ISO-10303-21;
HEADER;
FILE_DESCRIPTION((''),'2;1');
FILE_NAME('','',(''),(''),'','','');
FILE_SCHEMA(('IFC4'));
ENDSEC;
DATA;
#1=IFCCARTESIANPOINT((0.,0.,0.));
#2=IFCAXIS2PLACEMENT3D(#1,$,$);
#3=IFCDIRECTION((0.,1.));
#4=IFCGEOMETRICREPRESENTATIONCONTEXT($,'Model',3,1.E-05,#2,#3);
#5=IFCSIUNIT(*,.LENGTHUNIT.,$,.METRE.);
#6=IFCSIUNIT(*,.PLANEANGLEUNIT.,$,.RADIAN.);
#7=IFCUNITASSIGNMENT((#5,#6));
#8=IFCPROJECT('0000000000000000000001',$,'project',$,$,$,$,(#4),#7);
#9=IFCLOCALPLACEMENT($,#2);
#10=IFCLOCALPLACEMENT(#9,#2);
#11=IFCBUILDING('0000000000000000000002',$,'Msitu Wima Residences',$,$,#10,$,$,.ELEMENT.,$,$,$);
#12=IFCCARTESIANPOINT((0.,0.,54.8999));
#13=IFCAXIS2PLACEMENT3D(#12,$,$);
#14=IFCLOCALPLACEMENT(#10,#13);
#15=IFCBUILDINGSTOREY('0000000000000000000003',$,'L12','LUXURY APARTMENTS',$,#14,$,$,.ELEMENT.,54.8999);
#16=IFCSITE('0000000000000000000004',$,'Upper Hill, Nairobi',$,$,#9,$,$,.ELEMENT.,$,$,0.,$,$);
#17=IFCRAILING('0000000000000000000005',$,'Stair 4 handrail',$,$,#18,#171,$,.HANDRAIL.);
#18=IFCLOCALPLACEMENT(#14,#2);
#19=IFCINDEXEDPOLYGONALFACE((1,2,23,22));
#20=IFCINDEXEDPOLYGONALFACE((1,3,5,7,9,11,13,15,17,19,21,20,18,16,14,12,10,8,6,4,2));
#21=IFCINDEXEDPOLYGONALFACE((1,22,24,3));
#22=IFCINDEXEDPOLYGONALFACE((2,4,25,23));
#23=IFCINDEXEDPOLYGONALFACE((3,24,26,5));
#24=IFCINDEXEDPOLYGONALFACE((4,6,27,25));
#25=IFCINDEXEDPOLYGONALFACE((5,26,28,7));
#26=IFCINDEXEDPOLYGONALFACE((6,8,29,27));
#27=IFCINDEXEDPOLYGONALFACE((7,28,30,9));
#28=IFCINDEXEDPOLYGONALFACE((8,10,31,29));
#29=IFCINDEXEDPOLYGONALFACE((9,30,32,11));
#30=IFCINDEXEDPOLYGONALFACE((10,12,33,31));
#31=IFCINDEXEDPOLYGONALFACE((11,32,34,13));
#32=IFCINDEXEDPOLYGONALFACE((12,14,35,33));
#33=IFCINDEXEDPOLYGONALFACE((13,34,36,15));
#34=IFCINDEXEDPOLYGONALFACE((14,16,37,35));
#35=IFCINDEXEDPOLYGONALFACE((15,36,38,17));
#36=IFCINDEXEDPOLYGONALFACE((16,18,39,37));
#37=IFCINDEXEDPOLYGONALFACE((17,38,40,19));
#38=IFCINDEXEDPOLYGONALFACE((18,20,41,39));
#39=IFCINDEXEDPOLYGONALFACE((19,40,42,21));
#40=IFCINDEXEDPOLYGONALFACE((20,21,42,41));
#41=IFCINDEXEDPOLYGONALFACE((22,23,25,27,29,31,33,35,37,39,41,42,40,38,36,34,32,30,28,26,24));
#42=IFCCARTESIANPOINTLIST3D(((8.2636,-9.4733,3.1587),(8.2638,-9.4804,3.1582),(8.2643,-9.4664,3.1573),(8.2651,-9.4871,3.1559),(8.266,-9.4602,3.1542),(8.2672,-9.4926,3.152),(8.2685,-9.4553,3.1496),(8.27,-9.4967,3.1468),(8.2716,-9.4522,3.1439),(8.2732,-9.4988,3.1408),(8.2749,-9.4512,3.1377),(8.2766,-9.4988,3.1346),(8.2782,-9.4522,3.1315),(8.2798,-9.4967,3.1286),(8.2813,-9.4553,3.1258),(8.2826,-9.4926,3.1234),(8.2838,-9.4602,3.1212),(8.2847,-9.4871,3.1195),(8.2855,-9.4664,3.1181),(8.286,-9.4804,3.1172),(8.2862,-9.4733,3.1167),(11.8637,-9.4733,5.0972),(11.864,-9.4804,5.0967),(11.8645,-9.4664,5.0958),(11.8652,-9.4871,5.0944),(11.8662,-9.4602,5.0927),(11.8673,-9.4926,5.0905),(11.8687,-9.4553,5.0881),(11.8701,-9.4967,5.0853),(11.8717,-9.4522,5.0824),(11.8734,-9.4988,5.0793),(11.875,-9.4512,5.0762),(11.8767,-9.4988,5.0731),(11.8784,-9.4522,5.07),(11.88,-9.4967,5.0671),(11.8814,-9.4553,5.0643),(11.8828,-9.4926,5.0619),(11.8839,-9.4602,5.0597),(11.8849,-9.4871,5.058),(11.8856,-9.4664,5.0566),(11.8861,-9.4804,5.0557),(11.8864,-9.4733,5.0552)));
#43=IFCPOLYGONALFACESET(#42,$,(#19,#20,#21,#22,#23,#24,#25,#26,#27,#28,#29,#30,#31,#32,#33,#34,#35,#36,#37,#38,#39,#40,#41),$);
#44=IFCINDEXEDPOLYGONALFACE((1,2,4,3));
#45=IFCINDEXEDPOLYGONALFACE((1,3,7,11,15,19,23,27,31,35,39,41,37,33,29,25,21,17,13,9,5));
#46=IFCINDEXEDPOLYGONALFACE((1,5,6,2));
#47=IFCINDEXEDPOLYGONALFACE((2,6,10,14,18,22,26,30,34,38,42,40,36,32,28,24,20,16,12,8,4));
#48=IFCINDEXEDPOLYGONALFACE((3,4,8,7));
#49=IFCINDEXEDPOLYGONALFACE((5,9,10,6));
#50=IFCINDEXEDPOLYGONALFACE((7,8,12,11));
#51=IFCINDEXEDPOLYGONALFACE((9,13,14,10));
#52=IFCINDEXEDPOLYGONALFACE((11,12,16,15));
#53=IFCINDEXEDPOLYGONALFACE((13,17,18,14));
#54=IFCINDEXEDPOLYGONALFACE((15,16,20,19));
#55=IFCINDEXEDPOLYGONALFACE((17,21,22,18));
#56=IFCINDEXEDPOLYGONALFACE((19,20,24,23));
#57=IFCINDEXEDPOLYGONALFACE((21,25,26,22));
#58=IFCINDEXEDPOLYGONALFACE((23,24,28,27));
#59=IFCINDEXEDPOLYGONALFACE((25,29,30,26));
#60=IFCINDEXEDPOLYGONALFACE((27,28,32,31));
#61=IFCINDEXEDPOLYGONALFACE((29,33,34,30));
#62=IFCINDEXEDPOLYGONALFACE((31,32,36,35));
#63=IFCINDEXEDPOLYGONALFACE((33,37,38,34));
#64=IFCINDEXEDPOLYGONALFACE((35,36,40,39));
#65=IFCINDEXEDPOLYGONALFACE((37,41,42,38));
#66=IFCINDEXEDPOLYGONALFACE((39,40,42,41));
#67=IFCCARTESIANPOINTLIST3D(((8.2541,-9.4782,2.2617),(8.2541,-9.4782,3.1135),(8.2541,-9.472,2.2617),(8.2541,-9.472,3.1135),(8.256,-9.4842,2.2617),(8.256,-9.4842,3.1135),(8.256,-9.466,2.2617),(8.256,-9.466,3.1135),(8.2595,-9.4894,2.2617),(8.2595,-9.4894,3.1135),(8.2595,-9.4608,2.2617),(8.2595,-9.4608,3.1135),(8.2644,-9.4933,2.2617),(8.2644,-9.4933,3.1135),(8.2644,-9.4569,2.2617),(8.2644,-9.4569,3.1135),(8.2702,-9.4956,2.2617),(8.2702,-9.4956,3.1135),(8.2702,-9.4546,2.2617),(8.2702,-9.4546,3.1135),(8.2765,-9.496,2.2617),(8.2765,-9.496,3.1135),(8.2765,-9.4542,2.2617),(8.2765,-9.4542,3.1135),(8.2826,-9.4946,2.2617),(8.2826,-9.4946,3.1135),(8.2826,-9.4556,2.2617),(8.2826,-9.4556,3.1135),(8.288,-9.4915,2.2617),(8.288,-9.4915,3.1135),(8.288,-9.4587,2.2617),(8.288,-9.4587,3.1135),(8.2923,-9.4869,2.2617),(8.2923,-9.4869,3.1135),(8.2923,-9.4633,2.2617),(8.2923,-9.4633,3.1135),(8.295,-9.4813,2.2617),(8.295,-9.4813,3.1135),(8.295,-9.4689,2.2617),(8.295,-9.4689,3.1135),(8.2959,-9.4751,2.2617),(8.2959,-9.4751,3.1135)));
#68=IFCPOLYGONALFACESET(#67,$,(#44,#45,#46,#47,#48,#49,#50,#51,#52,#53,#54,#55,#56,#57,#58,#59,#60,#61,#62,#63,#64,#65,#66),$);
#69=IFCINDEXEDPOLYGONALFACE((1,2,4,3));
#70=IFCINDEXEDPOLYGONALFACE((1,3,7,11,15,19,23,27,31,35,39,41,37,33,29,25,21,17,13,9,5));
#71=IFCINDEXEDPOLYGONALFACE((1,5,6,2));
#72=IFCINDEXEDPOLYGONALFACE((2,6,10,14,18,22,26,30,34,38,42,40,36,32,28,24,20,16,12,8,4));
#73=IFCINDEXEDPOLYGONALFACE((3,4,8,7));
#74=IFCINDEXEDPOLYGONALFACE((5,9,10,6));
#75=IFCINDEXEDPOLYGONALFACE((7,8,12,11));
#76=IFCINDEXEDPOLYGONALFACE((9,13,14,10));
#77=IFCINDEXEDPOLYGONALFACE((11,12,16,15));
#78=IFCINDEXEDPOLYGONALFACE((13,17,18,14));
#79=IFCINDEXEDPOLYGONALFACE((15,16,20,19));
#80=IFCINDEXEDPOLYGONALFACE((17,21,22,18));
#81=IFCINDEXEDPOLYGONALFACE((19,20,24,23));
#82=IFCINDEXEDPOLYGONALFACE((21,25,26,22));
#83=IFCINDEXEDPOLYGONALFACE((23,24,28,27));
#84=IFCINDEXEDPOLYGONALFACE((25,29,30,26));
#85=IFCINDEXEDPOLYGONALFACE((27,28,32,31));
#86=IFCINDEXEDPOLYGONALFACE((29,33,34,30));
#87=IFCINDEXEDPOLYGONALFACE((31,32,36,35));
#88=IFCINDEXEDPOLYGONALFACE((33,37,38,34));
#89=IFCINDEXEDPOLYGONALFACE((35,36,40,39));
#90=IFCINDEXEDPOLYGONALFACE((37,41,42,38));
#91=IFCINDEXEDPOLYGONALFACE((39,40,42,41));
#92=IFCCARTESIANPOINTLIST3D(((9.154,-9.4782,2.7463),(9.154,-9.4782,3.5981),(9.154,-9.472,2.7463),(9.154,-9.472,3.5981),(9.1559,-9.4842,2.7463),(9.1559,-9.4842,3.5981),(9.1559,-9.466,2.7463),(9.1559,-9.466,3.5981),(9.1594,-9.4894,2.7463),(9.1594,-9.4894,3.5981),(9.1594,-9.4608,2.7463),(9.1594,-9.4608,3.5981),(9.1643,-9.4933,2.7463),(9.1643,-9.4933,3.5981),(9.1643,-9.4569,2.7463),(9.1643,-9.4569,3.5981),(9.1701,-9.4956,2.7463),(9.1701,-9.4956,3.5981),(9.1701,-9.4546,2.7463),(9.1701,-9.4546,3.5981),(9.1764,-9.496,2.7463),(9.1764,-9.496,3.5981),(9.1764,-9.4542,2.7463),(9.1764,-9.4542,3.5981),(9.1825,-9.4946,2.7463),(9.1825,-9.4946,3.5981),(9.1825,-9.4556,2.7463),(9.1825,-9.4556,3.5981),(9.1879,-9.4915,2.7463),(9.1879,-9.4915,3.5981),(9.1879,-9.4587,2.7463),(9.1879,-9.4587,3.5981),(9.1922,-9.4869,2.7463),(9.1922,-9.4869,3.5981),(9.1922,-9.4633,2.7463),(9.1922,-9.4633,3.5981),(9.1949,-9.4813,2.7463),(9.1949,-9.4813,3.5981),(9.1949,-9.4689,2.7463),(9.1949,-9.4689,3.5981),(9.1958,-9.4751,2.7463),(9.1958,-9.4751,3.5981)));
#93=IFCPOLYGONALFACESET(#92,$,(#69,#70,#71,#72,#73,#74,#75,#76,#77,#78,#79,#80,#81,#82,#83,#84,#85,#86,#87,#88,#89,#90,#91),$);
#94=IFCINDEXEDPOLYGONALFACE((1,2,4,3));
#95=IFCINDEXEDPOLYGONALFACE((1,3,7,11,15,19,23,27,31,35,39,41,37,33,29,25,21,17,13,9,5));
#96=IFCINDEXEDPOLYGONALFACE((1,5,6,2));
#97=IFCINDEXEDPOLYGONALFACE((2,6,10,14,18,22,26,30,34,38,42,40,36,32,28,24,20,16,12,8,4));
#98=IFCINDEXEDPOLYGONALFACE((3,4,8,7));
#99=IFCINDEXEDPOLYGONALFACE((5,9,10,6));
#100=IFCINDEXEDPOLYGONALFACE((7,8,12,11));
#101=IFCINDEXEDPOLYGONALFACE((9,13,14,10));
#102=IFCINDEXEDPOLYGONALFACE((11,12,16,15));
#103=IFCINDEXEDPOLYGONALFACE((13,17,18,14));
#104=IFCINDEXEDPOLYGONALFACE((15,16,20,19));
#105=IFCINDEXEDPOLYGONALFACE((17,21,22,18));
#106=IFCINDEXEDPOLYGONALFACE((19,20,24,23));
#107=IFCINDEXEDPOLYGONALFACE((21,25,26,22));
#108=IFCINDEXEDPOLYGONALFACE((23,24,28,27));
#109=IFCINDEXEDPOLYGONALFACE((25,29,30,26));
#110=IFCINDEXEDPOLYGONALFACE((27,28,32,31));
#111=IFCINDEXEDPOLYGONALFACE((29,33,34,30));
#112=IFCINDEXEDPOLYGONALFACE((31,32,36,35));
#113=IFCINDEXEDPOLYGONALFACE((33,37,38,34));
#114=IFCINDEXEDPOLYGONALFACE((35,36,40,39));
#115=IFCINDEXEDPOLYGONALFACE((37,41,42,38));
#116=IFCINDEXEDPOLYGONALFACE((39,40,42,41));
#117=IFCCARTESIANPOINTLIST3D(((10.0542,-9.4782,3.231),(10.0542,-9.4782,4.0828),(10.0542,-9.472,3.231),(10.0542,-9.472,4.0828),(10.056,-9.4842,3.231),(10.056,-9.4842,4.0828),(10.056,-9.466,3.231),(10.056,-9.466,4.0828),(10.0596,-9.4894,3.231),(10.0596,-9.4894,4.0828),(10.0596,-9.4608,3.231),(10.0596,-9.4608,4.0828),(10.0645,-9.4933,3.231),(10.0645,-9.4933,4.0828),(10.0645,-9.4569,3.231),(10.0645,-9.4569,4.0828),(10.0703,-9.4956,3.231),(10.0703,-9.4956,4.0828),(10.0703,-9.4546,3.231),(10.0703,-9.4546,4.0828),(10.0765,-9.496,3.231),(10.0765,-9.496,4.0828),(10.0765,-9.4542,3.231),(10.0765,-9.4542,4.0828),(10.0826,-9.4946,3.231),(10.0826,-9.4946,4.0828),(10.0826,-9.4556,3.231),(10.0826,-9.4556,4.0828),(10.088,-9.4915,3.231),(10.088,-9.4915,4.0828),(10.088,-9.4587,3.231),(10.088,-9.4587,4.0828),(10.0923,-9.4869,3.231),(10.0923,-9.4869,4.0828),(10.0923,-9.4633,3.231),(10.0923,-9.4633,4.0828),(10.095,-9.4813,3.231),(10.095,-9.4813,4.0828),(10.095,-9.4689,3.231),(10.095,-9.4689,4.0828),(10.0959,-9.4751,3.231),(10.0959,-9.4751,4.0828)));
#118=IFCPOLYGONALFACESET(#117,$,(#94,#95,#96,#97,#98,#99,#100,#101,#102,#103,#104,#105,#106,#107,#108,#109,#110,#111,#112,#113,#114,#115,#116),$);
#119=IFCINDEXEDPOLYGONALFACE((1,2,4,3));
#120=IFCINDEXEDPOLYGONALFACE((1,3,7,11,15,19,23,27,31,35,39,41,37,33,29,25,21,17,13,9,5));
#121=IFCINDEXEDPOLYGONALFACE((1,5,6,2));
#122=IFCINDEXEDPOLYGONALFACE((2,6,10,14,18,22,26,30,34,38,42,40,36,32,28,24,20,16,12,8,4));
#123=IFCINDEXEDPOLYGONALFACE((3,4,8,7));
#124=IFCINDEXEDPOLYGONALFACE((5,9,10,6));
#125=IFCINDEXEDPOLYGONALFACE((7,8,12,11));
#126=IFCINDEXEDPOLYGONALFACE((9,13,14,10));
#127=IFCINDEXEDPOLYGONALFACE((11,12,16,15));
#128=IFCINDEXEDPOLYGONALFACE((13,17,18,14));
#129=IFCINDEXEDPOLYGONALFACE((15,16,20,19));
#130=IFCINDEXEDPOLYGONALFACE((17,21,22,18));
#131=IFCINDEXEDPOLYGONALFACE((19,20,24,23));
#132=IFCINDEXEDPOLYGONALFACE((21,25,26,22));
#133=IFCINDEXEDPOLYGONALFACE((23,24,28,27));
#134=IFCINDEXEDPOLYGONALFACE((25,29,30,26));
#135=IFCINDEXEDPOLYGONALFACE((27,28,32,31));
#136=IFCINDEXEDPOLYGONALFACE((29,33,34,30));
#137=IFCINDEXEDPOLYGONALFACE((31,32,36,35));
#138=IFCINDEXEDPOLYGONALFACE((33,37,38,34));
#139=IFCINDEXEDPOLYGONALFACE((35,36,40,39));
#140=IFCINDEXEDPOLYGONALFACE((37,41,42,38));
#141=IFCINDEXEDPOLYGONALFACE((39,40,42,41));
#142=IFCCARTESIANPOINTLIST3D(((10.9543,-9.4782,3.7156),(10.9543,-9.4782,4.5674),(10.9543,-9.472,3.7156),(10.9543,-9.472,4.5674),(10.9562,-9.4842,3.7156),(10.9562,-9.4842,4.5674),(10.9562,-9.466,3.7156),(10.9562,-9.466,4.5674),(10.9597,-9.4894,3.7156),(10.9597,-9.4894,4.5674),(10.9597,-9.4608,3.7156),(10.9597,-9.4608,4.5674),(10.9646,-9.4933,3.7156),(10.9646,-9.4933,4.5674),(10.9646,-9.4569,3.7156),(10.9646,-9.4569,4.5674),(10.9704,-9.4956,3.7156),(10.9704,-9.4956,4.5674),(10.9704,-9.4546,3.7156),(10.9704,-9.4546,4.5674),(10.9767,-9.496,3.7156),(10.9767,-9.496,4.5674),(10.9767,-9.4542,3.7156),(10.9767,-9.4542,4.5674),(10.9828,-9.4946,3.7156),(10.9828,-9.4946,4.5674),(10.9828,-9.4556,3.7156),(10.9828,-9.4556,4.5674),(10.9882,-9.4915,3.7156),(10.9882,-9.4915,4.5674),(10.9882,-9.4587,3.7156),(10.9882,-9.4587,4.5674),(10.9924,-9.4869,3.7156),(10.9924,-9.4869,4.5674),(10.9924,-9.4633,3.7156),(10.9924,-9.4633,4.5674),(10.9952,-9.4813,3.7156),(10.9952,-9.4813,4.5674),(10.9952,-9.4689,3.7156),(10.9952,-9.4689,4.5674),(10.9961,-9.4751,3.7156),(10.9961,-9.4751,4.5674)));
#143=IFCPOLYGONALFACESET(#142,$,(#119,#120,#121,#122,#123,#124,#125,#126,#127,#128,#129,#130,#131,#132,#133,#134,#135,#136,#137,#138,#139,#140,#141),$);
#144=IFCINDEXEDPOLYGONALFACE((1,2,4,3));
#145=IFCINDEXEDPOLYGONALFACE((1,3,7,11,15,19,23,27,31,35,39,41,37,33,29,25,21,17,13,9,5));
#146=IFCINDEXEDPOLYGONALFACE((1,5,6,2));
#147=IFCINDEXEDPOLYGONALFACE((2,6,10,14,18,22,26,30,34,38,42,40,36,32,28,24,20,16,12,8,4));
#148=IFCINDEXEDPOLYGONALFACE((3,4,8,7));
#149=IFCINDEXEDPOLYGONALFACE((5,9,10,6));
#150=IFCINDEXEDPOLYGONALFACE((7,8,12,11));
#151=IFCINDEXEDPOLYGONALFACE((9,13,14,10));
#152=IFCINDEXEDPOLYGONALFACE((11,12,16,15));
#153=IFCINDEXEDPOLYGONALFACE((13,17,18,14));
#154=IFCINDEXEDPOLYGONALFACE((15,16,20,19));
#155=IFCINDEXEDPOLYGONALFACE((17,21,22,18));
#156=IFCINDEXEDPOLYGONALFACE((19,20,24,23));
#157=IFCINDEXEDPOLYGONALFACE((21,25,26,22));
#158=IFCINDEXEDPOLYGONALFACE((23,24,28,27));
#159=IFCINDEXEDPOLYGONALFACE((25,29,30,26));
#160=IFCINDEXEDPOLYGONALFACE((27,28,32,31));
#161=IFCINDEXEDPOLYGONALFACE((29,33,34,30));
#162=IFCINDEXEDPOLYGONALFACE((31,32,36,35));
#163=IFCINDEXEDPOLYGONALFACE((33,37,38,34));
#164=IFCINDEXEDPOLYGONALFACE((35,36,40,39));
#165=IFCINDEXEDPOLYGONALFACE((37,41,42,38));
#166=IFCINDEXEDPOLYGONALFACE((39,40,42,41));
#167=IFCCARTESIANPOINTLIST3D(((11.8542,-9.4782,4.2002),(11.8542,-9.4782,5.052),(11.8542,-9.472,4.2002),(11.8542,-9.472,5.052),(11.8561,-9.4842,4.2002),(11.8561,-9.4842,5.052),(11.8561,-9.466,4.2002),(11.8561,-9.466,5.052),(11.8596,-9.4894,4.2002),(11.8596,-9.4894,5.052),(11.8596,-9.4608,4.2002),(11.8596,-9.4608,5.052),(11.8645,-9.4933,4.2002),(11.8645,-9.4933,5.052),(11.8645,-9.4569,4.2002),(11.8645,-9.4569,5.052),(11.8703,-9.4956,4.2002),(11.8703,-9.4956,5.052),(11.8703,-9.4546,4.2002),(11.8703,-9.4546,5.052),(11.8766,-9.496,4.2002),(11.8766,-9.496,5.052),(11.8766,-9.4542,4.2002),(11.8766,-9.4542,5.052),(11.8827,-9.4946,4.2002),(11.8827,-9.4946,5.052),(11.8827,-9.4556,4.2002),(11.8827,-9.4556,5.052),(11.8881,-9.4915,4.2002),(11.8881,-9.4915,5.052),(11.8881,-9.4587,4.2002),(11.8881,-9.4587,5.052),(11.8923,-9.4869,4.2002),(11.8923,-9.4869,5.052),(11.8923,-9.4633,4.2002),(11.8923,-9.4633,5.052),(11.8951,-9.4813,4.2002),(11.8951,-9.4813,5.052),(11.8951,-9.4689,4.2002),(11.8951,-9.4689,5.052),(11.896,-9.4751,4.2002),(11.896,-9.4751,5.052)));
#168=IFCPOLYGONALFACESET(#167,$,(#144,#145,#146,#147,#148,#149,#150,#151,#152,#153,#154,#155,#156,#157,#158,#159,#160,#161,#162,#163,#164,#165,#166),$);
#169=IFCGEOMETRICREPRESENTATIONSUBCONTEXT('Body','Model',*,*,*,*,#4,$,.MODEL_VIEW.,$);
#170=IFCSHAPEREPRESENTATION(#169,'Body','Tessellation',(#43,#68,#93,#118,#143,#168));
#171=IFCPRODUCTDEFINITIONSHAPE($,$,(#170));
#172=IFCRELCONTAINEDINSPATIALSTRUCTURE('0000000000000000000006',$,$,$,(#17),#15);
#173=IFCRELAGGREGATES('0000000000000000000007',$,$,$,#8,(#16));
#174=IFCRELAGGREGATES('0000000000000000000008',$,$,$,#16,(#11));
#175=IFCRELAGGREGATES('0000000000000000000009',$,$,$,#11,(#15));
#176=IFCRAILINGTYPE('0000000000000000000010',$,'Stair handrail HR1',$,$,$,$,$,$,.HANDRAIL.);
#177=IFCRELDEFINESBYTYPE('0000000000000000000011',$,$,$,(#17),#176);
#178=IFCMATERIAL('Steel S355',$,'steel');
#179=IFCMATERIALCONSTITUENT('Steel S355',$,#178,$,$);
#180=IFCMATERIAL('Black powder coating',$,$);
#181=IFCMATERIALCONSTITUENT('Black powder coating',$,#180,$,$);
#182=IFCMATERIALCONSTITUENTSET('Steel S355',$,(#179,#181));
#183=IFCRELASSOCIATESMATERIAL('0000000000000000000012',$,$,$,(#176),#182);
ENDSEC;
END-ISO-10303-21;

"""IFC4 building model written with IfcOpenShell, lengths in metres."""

from ifc_helpers import new_model, si_unit, direction, frame, origin, origin_2d, place, context, subcontext, project, spatial, circle, extrude, material, constituent, constituent_set, type_object, element, save


model = new_model("IFC4")

# Units and contexts
model_context = context("Model", 3, precision=1e-05, world=origin(), true_north=direction((0.0, 1.0)))
body_context = subcontext(model_context, "Body", "Model", "MODEL_VIEW")
ifc_project = project(units=[si_unit("LENGTHUNIT", "METRE"), si_unit("PLANEANGLEUNIT", "RADIAN")], contexts=[model_context])

# Site, building, storey
site_placement = place(None, origin())
site = spatial("IfcSite", under=ifc_project, at=site_placement, Name="Upper Hill, Nairobi", CompositionType="ELEMENT", RefElevation=0.0)
building_placement = place(site_placement, origin())
building = spatial("IfcBuilding", under=site, at=building_placement, Name="Msitu Wima Residences", CompositionType="ELEMENT")
storey_placement = place(building_placement, frame((0.0, 0.0, 54.8999)))
storey = spatial("IfcBuildingStorey", under=building, at=storey_placement, Name="L12", Description="LUXURY APARTMENTS", CompositionType="ELEMENT", Elevation=54.8999)

# Railing
ifc_material_1 = material(Name="Steel S355", Category="steel")
ifc_constituent_1 = constituent(ifc_material_1, Name="Steel S355")
ifc_material_2 = material(Name="Black powder coating")
ifc_constituent_2 = constituent(ifc_material_2, Name="Black powder coating")
ifc_constituent_set = constituent_set(constituents=[ifc_constituent_1, ifc_constituent_2], Name="Steel S355")
railing_type = type_object("IfcRailingType", Name="Stair handrail HR1", PredefinedType="HANDRAIL", material=ifc_constituent_set)
for number, where, name in (
    (1, (8.2749, -9.4751, 2.2617), "Stair 4 handrail"),
):
    element("IfcRailing", number, at=place(storey_placement, frame(where)), inside=storey, type_object=railing_type, Name=name, PredefinedType="HANDRAIL", context=body_context, shape_type="SweptSolid", body=[
        extrude(circle(Radius=0.0239, at=origin_2d()), frame((0.0, 0.0, 0.876), z_axis=(0.880475, 0.0, 0.474093), x_axis=(0.0, 1.0, 0.0)), (0.0, 0.0, 1.0), 4.0889),
        extrude(circle(Radius=0.021, at=origin_2d()), origin(), (0.0, 0.0, 1.0), 0.8518),
        extrude(circle(Radius=0.021, at=origin_2d()), frame((0.8999, 0.0, 0.4846)), (0.0, 0.0, 1.0), 0.8518),
        extrude(circle(Radius=0.021, at=origin_2d()), frame((1.8, 0.0, 0.9692)), (0.0, 0.0, 1.0), 0.8518),
        extrude(circle(Radius=0.021, at=origin_2d()), frame((2.7002, 0.0, 1.4539)), (0.0, 0.0, 1.0), 0.8518),
        extrude(circle(Radius=0.021, at=origin_2d()), frame((3.6001, 0.0, 1.9385)), (0.0, 0.0, 1.0), 0.8518),
    ])

save(model, "model.ifc")
